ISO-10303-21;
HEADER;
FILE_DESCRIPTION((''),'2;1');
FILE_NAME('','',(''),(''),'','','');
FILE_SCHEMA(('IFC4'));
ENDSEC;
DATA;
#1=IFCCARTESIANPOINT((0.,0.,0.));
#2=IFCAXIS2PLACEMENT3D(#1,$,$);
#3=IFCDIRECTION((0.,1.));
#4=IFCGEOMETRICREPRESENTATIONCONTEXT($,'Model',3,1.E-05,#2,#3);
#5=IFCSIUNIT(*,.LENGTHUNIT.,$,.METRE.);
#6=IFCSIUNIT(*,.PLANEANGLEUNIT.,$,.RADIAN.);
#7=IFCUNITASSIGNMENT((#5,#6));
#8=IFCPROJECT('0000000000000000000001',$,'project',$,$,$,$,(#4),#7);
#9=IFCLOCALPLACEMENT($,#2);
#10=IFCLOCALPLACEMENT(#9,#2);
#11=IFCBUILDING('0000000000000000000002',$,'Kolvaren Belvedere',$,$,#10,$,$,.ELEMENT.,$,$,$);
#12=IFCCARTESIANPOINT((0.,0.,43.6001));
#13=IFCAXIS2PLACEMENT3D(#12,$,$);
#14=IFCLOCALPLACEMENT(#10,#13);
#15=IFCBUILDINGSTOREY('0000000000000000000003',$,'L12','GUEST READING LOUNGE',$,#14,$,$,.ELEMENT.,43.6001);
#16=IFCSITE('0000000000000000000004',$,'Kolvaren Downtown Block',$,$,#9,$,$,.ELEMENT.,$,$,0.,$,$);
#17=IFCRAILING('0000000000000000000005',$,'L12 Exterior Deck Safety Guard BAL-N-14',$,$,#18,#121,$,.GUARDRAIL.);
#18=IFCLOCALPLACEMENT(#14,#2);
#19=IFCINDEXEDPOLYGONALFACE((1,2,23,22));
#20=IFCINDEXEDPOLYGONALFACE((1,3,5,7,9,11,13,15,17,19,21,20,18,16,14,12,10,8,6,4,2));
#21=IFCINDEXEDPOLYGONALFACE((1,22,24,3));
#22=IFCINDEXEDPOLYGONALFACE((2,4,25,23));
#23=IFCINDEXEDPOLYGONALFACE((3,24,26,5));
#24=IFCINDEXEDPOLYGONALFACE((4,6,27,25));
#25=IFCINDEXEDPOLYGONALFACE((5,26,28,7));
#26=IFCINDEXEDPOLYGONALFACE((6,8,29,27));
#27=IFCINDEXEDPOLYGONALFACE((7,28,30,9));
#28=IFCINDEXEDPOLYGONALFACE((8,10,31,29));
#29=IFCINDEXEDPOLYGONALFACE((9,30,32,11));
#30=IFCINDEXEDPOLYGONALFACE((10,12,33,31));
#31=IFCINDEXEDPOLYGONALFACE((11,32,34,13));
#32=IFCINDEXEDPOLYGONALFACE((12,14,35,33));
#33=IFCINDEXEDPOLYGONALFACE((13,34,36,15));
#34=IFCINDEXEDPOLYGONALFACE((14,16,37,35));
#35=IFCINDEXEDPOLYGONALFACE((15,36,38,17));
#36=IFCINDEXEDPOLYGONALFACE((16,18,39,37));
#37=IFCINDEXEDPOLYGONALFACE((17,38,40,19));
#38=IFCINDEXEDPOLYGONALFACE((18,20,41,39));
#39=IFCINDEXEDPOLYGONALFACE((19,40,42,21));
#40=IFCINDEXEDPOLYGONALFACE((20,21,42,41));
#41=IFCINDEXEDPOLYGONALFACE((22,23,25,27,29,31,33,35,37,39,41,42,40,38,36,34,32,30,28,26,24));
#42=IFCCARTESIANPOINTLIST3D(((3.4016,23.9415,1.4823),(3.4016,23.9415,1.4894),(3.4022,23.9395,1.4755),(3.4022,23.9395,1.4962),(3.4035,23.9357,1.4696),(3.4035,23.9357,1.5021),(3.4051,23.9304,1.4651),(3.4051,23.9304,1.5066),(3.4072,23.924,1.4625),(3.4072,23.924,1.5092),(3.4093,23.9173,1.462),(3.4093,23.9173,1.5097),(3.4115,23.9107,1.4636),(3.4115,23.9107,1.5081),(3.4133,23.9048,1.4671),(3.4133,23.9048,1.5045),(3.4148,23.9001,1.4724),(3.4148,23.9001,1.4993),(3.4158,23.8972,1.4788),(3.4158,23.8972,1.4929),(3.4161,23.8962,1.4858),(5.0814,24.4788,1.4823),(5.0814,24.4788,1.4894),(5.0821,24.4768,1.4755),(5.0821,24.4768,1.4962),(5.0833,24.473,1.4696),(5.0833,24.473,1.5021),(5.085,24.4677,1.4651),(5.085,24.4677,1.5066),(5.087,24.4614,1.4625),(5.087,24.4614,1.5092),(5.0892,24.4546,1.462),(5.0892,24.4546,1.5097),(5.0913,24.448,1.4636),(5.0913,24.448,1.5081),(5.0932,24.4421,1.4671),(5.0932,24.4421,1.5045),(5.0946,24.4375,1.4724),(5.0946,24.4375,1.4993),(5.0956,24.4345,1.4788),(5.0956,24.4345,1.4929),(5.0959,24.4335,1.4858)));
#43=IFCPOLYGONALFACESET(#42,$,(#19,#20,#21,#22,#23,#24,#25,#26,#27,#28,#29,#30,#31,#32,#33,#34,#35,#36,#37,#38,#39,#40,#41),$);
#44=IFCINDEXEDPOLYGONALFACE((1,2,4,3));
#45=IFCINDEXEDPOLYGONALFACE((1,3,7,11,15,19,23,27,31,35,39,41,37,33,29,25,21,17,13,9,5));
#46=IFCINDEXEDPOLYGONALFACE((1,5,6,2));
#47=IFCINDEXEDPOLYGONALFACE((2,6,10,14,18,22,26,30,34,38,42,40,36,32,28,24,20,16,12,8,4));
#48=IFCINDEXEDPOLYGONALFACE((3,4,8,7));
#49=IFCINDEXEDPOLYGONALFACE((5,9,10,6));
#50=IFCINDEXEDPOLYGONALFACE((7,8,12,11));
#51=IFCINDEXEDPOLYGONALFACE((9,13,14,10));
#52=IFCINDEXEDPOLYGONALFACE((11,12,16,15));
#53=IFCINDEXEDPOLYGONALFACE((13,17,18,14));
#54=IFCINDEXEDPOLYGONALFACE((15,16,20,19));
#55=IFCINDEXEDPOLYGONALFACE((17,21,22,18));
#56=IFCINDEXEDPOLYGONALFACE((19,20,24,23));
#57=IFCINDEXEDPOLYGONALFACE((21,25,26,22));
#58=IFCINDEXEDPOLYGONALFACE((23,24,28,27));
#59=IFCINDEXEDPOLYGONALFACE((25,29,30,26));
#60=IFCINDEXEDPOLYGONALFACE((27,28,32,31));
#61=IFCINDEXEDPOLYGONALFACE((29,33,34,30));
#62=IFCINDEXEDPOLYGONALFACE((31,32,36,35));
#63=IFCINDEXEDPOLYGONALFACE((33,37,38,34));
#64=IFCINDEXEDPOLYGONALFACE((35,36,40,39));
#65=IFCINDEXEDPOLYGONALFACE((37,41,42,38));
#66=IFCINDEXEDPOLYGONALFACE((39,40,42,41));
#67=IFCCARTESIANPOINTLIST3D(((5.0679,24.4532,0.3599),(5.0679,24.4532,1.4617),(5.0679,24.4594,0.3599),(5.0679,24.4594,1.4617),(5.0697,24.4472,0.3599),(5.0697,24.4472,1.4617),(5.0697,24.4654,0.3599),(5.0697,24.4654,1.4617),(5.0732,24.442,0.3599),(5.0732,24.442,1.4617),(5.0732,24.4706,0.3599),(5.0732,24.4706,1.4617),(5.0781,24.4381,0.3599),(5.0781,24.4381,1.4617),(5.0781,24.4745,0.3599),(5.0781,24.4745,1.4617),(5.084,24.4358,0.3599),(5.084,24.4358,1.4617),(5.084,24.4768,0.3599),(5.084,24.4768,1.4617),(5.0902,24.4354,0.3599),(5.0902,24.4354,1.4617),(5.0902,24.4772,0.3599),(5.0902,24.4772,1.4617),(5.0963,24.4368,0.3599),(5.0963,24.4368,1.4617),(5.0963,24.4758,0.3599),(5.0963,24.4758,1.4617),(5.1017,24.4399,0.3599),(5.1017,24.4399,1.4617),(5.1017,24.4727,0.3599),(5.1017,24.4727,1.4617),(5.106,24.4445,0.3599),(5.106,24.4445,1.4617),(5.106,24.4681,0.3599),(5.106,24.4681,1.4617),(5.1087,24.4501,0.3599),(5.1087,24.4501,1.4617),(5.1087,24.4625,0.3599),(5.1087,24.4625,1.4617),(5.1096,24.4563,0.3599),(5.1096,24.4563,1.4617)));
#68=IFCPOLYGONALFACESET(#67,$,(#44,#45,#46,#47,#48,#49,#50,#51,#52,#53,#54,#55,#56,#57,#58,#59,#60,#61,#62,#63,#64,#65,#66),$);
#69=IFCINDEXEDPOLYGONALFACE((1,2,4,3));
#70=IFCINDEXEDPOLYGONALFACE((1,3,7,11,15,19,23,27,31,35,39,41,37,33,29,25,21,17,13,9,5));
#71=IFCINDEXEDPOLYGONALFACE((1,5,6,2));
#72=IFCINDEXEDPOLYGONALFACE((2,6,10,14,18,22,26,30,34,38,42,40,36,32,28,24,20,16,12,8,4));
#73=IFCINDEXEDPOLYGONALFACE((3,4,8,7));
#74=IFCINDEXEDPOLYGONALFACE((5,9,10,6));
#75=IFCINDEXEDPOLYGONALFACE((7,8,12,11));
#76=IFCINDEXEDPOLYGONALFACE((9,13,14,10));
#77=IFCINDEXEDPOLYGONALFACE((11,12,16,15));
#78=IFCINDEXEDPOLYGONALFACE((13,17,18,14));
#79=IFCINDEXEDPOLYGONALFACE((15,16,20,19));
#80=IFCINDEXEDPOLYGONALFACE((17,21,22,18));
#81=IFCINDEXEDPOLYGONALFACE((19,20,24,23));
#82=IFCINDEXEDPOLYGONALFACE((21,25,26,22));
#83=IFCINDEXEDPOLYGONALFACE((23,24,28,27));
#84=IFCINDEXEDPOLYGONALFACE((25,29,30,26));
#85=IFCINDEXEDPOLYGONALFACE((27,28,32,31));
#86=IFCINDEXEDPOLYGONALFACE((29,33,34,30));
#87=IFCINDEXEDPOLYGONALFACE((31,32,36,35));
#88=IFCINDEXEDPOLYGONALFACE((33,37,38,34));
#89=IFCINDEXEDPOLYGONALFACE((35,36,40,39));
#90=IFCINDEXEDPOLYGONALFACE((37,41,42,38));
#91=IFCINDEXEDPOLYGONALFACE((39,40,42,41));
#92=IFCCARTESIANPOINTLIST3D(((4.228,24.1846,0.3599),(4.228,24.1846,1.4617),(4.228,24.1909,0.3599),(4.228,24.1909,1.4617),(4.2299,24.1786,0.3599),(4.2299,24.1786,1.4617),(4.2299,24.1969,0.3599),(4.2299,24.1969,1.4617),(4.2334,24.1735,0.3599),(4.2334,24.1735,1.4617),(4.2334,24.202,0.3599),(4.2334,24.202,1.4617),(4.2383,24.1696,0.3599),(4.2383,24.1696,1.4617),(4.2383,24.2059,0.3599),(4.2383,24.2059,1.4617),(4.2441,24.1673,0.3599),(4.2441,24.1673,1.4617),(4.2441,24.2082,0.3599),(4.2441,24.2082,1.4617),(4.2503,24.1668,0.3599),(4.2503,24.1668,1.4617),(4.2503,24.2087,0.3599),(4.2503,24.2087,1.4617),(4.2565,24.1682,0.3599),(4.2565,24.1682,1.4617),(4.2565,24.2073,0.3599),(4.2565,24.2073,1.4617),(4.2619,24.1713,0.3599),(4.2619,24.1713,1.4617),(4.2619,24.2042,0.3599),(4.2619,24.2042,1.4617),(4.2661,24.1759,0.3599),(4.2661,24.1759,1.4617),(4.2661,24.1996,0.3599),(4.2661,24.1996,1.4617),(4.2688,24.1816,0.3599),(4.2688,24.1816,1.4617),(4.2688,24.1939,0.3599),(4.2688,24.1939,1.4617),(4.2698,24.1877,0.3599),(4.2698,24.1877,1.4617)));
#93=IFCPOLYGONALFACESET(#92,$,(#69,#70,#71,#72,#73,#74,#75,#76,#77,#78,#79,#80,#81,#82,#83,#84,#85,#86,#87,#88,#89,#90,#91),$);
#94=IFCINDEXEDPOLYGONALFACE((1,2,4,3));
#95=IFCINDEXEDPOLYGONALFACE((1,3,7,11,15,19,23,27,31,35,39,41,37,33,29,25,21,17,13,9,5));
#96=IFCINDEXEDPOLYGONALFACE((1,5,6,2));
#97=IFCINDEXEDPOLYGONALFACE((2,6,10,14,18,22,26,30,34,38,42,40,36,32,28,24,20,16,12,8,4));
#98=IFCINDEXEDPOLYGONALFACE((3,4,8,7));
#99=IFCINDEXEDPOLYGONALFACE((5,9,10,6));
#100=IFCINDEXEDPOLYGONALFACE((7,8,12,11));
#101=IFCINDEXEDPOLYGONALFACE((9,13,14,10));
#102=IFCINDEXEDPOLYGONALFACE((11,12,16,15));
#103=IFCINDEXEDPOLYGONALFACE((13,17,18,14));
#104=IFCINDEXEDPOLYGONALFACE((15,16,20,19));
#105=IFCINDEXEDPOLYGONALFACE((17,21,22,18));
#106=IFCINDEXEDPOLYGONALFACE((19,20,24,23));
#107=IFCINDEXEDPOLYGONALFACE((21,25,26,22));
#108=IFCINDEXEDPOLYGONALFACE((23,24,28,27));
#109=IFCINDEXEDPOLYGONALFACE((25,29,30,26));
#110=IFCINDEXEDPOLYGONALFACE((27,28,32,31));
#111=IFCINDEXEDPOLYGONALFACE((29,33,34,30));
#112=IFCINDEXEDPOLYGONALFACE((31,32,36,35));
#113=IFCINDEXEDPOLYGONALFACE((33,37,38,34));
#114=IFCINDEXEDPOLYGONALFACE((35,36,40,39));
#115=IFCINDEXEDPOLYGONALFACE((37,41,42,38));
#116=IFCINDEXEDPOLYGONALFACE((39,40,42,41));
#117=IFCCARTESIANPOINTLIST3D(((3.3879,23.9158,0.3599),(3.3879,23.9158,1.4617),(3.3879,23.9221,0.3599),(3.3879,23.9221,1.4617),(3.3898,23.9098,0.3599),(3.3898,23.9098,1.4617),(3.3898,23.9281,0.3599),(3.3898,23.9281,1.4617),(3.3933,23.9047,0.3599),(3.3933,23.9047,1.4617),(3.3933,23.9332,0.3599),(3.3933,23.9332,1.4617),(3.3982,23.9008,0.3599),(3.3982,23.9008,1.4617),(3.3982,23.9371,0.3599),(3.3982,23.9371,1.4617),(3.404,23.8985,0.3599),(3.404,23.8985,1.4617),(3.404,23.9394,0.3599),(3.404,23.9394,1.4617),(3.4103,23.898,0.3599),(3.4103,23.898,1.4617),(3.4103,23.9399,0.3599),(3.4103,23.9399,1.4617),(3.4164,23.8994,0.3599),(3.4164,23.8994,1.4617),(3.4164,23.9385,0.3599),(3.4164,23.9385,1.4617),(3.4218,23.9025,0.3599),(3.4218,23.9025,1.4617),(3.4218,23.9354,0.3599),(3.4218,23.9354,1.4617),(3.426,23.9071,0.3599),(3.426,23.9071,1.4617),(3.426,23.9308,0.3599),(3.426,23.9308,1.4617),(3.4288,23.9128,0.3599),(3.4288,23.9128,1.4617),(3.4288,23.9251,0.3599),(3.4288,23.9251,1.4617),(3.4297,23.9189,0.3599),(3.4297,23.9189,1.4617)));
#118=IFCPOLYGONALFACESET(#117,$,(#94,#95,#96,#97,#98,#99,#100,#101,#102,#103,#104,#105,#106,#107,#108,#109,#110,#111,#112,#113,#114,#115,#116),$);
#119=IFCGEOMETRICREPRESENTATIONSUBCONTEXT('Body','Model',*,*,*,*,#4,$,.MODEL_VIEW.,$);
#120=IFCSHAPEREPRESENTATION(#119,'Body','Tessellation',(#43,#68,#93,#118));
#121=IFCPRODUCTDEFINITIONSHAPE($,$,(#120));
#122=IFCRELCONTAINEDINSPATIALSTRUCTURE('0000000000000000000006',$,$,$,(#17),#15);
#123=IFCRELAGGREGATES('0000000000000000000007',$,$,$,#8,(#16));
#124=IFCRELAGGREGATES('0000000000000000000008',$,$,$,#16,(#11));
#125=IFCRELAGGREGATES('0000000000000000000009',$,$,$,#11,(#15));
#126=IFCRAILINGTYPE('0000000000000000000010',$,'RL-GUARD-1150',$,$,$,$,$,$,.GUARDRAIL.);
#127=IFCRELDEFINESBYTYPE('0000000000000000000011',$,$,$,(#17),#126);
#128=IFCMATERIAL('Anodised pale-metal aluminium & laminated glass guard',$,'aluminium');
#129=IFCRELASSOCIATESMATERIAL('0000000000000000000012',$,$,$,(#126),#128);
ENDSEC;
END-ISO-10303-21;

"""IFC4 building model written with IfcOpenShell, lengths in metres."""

from ifc_helpers import new_model, si_unit, direction, frame, origin, origin_2d, place, context, subcontext, project, spatial, circle, extrude, material, type_object, element, save


model = new_model("IFC4")

# Units and contexts
model_context = context("Model", 3, precision=1e-05, world=origin(), true_north=direction((0.0, 1.0)))
body_context = subcontext(model_context, "Body", "Model", "MODEL_VIEW")
ifc_project = project(units=[si_unit("LENGTHUNIT", "METRE"), si_unit("PLANEANGLEUNIT", "RADIAN")], contexts=[model_context])

# Site, building, storey
site_placement = place(None, origin())
site = spatial("IfcSite", under=ifc_project, at=site_placement, Name="Kolvaren Downtown Block", CompositionType="ELEMENT", RefElevation=0.0)
building_placement = place(site_placement, origin())
building = spatial("IfcBuilding", under=site, at=building_placement, Name="Kolvaren Belvedere", CompositionType="ELEMENT")
storey_placement = place(building_placement, frame((0.0, 0.0, 43.6001)))
storey = spatial("IfcBuildingStorey", under=building, at=storey_placement, Name="L12", Description="GUEST READING LOUNGE", CompositionType="ELEMENT", Elevation=43.6001)

# Railing
ifc_material_1 = material(Name="Anodised pale-metal aluminium & laminated glass guard", Category="aluminium")
railing_type = type_object("IfcRailingType", Name="RL-GUARD-1150", PredefinedType="GUARDRAIL", material=ifc_material_1)
railing_1_placement = place(storey_placement, frame((5.0886, 24.4563, 0.3599)))
element("IfcRailing", 1, at=railing_1_placement, inside=storey, type_object=railing_type, Name="L12 Exterior Deck Safety Guard BAL-N-14", PredefinedType="GUARDRAIL", context=body_context, shape_type="SweptSolid", body=[
    extrude(circle(Radius=0.0239, at=origin_2d()), frame((0.0, 0.0, 1.126), z_axis=(-0.952461, -0.30466, 0.0), x_axis=(0.30466, -0.952461, 0.0)), (0.0, 0.0, 1.0), 1.7637),
    extrude(circle(Radius=0.021, at=origin_2d()), origin(), (0.0, 0.0, 1.0), 1.1018),
    extrude(circle(Radius=0.021, at=origin_2d()), frame((-0.8398, -0.2686, 0.0)), (0.0, 0.0, 1.0), 1.1018),
    extrude(circle(Radius=0.021, at=origin_2d()), frame((-1.6799, -0.5374, 0.0)), (0.0, 0.0, 1.0), 1.1018),
])

save(model, "model.ifc")
